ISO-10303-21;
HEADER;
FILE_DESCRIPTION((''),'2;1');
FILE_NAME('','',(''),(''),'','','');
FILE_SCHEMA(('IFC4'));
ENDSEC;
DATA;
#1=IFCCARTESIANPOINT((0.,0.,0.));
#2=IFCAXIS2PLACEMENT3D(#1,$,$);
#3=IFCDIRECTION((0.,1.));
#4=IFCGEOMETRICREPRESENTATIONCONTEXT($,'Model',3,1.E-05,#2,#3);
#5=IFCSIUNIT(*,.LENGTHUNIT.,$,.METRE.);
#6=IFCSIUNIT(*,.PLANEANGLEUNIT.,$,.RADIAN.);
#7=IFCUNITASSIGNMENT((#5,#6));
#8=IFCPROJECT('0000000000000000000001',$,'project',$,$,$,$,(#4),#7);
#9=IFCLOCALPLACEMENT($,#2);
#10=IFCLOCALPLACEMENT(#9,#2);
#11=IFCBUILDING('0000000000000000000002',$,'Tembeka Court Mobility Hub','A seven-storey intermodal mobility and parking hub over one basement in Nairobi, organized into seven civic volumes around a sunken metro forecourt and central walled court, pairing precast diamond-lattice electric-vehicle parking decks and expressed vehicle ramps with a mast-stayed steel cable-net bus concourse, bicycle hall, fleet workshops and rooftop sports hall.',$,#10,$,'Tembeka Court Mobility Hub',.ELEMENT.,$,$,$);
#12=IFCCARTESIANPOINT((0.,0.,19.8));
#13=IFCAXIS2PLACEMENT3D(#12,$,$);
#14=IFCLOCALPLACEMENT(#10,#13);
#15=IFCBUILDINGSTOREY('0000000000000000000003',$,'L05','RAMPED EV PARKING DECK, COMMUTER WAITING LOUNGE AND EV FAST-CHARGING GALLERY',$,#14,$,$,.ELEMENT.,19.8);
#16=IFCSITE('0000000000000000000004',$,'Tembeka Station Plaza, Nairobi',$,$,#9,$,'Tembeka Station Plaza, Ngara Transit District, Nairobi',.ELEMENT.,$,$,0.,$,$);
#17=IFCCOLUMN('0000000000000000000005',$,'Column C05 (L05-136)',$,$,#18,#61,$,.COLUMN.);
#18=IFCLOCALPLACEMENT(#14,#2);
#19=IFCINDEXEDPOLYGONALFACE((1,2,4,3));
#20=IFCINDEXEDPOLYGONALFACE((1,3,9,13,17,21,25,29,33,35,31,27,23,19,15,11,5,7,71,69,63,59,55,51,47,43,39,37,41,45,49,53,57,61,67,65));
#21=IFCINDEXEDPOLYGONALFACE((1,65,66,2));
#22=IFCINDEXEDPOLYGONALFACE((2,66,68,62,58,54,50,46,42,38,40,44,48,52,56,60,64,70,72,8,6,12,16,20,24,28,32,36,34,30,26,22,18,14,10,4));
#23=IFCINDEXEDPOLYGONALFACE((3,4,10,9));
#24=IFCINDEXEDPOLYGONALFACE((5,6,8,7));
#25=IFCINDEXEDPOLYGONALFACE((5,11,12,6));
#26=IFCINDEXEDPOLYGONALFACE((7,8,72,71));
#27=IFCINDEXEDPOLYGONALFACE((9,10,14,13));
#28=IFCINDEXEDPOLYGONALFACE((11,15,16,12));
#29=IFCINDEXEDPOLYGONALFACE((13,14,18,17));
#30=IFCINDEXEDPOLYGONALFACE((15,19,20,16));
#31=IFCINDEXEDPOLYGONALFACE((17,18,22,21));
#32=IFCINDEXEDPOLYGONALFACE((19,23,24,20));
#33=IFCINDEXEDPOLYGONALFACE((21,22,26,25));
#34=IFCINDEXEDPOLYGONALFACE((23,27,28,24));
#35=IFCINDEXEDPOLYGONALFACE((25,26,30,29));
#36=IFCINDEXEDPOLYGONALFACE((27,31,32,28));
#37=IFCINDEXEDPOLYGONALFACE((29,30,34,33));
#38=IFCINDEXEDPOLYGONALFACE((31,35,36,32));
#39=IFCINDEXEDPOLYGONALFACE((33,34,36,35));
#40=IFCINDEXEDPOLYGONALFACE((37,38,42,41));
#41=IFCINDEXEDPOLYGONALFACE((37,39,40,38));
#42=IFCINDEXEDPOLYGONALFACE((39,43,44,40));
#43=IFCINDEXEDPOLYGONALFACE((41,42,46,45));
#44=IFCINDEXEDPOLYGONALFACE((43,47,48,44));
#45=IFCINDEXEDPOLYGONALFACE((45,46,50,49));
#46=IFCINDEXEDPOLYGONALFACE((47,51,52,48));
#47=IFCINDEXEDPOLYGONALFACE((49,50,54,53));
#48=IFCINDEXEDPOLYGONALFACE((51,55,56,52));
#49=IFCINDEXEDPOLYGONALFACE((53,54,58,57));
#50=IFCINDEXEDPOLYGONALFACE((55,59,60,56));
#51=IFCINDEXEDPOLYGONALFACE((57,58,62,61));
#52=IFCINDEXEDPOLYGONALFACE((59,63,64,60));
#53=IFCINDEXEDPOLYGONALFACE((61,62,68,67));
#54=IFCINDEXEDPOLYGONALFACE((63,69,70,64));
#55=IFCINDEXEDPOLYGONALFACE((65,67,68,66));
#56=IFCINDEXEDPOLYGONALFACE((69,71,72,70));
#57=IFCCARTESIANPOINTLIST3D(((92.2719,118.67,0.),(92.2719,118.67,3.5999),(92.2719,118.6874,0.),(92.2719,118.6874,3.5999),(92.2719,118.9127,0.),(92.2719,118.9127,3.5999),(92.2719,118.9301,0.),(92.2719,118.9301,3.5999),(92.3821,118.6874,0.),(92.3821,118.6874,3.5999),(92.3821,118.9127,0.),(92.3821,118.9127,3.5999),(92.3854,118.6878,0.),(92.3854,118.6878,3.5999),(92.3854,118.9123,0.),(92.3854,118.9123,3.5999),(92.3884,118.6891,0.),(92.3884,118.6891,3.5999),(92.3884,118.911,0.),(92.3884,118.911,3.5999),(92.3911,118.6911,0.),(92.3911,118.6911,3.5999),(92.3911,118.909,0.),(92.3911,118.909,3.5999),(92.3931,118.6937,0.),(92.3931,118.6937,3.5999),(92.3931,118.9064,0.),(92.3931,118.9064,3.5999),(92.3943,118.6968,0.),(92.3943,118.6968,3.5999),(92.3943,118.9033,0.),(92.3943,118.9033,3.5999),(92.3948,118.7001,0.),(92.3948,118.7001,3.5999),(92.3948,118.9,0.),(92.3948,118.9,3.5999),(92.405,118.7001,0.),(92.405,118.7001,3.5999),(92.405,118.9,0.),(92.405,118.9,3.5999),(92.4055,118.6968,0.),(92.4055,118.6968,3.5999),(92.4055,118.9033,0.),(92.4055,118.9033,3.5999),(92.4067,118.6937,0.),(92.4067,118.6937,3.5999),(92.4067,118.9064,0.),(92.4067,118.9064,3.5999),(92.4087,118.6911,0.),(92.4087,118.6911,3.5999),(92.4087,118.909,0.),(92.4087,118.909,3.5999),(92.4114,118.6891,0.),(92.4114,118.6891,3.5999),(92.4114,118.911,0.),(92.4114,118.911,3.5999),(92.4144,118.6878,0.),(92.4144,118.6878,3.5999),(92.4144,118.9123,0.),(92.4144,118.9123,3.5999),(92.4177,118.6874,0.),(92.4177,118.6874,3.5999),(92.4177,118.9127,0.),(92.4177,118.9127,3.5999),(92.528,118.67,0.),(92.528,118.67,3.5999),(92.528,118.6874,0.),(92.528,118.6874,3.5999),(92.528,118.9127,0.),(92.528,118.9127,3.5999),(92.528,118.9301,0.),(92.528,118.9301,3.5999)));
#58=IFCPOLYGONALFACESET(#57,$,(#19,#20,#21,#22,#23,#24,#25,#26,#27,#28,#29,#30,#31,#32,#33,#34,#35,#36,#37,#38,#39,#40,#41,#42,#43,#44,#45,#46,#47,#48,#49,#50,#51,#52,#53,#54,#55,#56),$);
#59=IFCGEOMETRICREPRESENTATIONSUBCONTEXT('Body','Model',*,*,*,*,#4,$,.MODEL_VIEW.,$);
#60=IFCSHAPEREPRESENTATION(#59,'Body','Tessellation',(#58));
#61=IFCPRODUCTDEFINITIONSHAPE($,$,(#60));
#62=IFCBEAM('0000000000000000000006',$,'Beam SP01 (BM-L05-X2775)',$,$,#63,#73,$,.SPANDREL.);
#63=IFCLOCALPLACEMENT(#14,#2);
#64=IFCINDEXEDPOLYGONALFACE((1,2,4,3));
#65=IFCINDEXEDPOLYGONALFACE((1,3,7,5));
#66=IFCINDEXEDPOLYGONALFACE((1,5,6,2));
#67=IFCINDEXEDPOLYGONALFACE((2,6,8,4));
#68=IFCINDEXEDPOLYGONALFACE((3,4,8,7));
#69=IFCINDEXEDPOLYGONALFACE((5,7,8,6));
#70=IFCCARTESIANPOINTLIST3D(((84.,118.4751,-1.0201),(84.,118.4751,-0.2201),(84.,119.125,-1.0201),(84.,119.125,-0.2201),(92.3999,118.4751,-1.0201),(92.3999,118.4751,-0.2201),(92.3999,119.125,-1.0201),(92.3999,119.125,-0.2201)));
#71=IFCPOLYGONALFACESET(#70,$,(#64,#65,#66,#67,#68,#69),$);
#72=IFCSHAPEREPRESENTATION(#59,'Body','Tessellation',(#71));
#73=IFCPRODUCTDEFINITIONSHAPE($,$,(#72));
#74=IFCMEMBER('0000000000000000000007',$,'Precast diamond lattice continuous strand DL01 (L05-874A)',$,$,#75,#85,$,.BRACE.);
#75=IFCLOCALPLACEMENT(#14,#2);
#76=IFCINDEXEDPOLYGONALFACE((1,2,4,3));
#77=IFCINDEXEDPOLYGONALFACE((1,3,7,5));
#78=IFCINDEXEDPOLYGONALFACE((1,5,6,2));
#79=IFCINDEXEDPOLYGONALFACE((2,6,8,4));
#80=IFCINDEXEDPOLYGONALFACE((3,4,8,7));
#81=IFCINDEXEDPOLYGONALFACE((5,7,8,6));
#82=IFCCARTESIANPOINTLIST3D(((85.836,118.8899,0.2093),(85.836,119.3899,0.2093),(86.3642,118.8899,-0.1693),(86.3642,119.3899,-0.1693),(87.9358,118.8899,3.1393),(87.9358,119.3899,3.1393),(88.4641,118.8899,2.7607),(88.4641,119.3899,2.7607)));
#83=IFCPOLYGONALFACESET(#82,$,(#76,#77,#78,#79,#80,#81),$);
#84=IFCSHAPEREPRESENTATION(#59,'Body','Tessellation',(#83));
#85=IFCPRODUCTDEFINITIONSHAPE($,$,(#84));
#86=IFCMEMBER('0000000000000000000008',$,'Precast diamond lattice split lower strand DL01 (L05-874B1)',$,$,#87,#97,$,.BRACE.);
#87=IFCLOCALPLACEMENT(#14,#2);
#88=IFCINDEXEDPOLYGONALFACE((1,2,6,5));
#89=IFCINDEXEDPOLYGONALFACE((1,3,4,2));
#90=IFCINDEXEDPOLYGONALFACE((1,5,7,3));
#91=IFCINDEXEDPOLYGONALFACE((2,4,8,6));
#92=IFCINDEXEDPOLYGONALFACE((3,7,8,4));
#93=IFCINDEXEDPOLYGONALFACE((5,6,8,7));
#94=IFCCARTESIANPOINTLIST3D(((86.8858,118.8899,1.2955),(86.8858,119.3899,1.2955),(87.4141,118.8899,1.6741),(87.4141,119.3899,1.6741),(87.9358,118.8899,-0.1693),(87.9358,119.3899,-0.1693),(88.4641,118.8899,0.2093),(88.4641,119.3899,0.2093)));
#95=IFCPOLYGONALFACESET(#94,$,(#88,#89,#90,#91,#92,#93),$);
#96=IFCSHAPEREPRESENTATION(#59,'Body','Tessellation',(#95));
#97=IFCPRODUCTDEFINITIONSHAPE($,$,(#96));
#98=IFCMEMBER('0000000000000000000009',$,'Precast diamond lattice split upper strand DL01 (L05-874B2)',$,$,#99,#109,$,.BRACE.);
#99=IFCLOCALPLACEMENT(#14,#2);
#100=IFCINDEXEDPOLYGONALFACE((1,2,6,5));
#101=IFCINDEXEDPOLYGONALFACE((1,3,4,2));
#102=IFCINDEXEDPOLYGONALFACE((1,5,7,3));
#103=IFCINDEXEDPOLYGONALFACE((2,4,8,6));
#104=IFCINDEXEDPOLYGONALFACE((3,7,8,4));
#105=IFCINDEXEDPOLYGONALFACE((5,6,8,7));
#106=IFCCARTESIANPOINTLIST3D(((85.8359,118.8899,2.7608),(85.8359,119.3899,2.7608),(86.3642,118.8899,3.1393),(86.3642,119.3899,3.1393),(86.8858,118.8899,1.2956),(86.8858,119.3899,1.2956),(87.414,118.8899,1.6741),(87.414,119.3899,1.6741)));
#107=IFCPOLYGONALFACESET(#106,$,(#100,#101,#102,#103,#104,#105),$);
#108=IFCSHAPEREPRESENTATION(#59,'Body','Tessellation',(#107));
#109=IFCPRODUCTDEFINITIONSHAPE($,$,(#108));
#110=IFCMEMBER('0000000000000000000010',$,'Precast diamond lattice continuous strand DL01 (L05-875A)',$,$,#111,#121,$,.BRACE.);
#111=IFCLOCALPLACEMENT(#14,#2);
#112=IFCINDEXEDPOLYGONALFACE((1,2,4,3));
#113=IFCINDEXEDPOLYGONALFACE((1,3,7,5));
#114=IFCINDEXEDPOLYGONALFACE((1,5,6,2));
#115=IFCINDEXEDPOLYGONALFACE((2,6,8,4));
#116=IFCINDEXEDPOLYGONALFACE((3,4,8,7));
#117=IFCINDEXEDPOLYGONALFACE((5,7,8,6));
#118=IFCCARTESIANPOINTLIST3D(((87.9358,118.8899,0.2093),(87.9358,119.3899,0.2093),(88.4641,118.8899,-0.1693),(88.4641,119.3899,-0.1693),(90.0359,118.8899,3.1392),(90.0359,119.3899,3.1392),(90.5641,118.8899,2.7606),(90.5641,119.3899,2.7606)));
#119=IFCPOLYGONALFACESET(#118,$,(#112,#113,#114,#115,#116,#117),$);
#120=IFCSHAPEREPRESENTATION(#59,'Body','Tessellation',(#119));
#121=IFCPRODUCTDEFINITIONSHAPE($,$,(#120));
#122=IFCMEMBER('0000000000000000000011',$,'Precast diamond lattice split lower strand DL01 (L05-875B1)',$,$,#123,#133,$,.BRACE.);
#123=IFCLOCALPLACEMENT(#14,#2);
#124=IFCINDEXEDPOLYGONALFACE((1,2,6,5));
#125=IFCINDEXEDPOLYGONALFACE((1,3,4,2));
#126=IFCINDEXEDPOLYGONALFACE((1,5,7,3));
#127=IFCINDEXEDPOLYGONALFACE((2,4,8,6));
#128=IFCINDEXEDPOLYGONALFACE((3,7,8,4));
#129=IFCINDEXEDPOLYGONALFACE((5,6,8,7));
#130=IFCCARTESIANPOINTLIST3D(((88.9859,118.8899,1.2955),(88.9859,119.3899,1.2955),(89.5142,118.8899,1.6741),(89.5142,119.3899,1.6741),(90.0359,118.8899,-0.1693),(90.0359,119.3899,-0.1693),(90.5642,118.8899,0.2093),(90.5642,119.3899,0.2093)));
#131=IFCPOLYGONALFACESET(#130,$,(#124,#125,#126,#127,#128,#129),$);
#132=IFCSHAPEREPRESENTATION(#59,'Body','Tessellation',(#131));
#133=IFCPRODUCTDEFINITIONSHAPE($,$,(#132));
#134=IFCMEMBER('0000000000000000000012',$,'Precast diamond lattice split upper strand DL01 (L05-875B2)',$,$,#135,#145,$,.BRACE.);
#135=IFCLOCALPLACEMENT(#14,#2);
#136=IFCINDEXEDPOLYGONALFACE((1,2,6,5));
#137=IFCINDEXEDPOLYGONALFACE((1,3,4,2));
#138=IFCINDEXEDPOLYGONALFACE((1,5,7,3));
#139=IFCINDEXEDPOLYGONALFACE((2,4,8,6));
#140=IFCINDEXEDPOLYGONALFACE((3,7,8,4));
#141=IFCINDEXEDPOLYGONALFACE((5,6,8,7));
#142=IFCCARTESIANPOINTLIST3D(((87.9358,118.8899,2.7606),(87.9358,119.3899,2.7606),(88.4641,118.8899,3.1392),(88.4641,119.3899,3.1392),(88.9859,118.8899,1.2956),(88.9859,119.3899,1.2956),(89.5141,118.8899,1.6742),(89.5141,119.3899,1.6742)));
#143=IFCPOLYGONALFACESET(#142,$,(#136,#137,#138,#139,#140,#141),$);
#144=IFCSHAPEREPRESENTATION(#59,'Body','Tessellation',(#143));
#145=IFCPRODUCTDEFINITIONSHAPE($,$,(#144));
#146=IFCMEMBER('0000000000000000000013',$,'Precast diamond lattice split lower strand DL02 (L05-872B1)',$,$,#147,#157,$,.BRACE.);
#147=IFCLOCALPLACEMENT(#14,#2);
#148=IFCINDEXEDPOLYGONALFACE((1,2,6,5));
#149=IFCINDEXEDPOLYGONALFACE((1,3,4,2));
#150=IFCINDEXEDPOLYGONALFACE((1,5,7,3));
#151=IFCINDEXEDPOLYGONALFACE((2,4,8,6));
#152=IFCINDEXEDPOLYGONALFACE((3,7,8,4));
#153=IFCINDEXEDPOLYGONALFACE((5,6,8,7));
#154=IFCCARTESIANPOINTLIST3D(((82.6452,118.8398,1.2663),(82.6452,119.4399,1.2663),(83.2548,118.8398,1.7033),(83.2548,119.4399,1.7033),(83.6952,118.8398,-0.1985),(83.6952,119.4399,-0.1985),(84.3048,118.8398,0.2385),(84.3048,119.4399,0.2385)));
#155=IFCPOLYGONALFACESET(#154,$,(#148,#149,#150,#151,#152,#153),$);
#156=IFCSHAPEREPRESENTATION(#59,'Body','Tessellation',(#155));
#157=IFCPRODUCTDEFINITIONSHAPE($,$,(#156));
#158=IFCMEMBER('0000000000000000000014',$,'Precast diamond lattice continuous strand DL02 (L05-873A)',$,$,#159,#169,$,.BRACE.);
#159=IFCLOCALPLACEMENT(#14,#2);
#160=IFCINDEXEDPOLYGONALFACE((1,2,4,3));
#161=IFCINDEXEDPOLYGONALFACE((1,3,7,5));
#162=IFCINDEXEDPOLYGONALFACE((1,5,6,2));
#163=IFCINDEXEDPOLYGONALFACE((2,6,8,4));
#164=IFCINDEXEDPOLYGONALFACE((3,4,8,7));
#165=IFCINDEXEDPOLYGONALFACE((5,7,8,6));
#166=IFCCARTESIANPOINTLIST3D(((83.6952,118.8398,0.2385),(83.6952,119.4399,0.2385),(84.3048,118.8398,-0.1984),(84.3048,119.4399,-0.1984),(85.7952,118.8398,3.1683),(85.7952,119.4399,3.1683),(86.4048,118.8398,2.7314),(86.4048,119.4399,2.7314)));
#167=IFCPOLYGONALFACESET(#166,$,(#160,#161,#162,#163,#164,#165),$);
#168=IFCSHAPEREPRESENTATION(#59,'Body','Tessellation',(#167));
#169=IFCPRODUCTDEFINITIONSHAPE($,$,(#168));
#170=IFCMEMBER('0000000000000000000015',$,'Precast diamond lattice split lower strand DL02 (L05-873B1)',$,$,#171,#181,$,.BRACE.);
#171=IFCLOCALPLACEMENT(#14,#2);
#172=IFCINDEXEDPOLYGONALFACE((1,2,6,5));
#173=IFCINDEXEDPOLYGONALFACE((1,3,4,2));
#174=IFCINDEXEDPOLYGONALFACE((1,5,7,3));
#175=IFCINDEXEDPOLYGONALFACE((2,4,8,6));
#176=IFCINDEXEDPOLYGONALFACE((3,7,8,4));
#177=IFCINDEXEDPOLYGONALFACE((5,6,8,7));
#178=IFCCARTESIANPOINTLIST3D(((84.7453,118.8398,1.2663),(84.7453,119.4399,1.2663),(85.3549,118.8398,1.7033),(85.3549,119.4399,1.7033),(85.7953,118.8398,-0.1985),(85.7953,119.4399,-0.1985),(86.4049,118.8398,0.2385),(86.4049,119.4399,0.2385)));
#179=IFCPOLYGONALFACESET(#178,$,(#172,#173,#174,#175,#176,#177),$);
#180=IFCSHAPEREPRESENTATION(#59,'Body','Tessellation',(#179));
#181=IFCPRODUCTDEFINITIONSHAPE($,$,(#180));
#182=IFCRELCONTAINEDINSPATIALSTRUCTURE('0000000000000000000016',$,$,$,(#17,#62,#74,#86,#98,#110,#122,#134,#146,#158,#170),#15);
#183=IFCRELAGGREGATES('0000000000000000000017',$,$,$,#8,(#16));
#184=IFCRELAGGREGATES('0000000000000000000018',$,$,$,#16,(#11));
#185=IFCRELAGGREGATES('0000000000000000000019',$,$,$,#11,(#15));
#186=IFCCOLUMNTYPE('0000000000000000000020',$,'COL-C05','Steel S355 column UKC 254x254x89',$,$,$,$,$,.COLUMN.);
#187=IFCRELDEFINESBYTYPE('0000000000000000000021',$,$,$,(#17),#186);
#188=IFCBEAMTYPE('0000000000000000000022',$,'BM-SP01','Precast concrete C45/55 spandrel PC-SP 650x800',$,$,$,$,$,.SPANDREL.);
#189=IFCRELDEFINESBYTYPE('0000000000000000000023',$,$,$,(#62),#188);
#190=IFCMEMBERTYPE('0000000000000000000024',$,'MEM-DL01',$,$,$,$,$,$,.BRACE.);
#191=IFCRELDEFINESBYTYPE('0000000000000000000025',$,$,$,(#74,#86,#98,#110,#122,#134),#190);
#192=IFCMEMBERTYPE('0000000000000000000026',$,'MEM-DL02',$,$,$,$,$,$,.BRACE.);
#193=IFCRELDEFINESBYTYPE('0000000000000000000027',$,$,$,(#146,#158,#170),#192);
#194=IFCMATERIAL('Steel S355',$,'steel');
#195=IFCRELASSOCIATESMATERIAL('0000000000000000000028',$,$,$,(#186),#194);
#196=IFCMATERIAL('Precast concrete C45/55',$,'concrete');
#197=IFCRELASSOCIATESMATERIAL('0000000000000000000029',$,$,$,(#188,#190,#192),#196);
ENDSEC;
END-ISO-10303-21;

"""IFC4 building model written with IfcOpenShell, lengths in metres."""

from ifc_helpers import new_model, si_unit, direction, frame, origin, origin_2d, place, context, subcontext, project, spatial, rectangle, i_section, extrude, material, material_profile, profile_set, type_object, element, save


model = new_model("IFC4")

# Units and contexts
model_context = context("Model", 3, precision=1e-05, world=origin(), true_north=direction((0.0, 1.0)))
body_context = subcontext(model_context, "Body", "Model", "MODEL_VIEW")
ifc_project = project(units=[si_unit("LENGTHUNIT", "METRE"), si_unit("PLANEANGLEUNIT", "RADIAN")], contexts=[model_context])

# Site, building, storey
site_placement = place(None, origin())
site = spatial("IfcSite", under=ifc_project, at=site_placement, Name="Tembeka Station Plaza, Nairobi", LongName="Tembeka Station Plaza, Ngara Transit District, Nairobi", CompositionType="ELEMENT", RefElevation=0.0)
building_placement = place(site_placement, origin())
building = spatial("IfcBuilding", under=site, at=building_placement, Name="Tembeka Court Mobility Hub", Description="A seven-storey intermodal mobility and parking hub over one basement in Nairobi, organized into seven civic volumes around a sunken metro forecourt and central walled court, pairing precast diamond-lattice electric-vehicle parking decks and expressed vehicle ramps with a mast-stayed steel cable-net bus concourse, bicycle hall, fleet workshops and rooftop sports hall.", LongName="Tembeka Court Mobility Hub", CompositionType="ELEMENT")
storey_placement = place(building_placement, frame((0.0, 0.0, 19.8)))
storey = spatial("IfcBuildingStorey", under=building, at=storey_placement, Name="L05", Description="RAMPED EV PARKING DECK, COMMUTER WAITING LOUNGE AND EV FAST-CHARGING GALLERY", CompositionType="ELEMENT", Elevation=19.8)

# Column
ifc_material_1 = material(Name="Steel S355", Category="steel")
ifc_material_profile_1 = material_profile(ifc_material_1, i_section(OverallWidth=0.2561, OverallDepth=0.26, WebThickness=0.0103, FlangeThickness=0.0173, FilletRadius=0.0127, at=origin_2d()), Name="UKC 254x254x89")
ifc_profile_set_1 = profile_set([ifc_material_profile_1], Name="Steel S355")
column_type = type_object("IfcColumnType", Name="COL-C05", Description="Steel S355 column UKC 254x254x89", PredefinedType="COLUMN", material=ifc_profile_set_1)
column_placement = place(storey_placement, frame((92.3999, 118.8, 0.0), z_axis=(0.0, 0.0, 1.0), x_axis=(1.0, 0.0, 0.0)))
element("IfcColumn", 1, at=column_placement, inside=storey, type_object=column_type, Name="Column C05 (L05-136)", PredefinedType="COLUMN", context=body_context, shape_type="SweptSolid", body=[
    extrude(i_section(OverallWidth=0.2561, OverallDepth=0.26, WebThickness=0.0103, FlangeThickness=0.0173, FilletRadius=0.0127, at=origin_2d()), origin(), (0.0, 0.0, 1.0), 3.5999),
])

# Beam
ifc_material_2 = material(Name="Precast concrete C45/55", Category="concrete")
ifc_material_profile_2 = material_profile(ifc_material_2, rectangle(XDim=0.6499, YDim=0.8, at=origin_2d()), Name="PC-SP 650x800")
ifc_profile_set_2 = profile_set([ifc_material_profile_2], Name="Precast concrete C45/55")
beam_type = type_object("IfcBeamType", Name="BM-SP01", Description="Precast concrete C45/55 spandrel PC-SP 650x800", PredefinedType="SPANDREL", material=ifc_profile_set_2)
beam_placement = place(storey_placement, frame((84.0, 118.8, -0.6201), z_axis=(1.0, 0.0, 0.0), x_axis=(0.0, 1.0, 0.0)))
element("IfcBeam", 2, at=beam_placement, inside=storey, type_object=beam_type, Name="Beam SP01 (BM-L05-X2775)", PredefinedType="SPANDREL", context=body_context, shape_type="SweptSolid", body=[
    extrude(rectangle(XDim=0.6499, YDim=0.8, at=origin_2d()), origin(), (0.0, 0.0, 1.0), 8.3999),
])

# Members
ifc_material_profile_3 = material_profile(ifc_material_2, rectangle(XDim=0.5, YDim=0.6499, at=origin_2d()), Name="PC-DIAG 500x650")
ifc_profile_set_3 = profile_set([ifc_material_profile_3], Name="Precast concrete C45/55")
member_type_1 = type_object("IfcMemberType", Name="MEM-DL01", PredefinedType="BRACE", material=ifc_profile_set_3)
member_1_placement = place(storey_placement, frame((86.1001, 119.1399, 0.02), z_axis=(0.582532, 0.0, 0.812808), x_axis=(0.0, 1.0, 0.0)))
element("IfcMember", 3, at=member_1_placement, inside=storey, type_object=member_type_1, Name="Precast diamond lattice continuous strand DL01 (L05-874A)", PredefinedType="BRACE", context=body_context, shape_type="SweptSolid", body=[
    extrude(rectangle(XDim=0.5, YDim=0.6499, at=origin_2d()), origin(), (0.0, 0.0, 1.0), 3.6047),
])
member_2_placement = place(storey_placement, frame((88.2, 119.1399, 0.02), z_axis=(-0.582608, 0.0, 0.812753), x_axis=(0.0, -1.0, 0.0)))
element("IfcMember", 4, at=member_2_placement, inside=storey, type_object=member_type_1, Name="Precast diamond lattice split lower strand DL01 (L05-874B1)", PredefinedType="BRACE", context=body_context, shape_type="SweptSolid", body=[
    extrude(rectangle(XDim=0.5, YDim=0.6499, at=origin_2d()), origin(), (0.0, 0.0, 1.0), 1.8022),
])
member_3_placement = place(storey_placement, frame((87.1499, 119.1399, 1.4849), z_axis=(-0.582455, 0.0, 0.812863), x_axis=(0.0, -1.0, 0.0)))
element("IfcMember", 5, at=member_3_placement, inside=storey, type_object=member_type_1, Name="Precast diamond lattice split upper strand DL01 (L05-874B2)", PredefinedType="BRACE", context=body_context, shape_type="SweptSolid", body=[
    extrude(rectangle(XDim=0.5, YDim=0.6499, at=origin_2d()), origin(), (0.0, 0.0, 1.0), 1.8025),
])
member_4_placement = place(storey_placement, frame((88.2, 119.1399, 0.02), z_axis=(0.582576, 0.0, 0.812776), x_axis=(0.0, 1.0, 0.0)))
element("IfcMember", 6, at=member_4_placement, inside=storey, type_object=member_type_1, Name="Precast diamond lattice continuous strand DL01 (L05-875A)", PredefinedType="BRACE", context=body_context, shape_type="SweptSolid", body=[
    extrude(rectangle(XDim=0.5, YDim=0.6499, at=origin_2d()), origin(), (0.0, 0.0, 1.0), 3.6047),
])
member_5_placement = place(storey_placement, frame((90.3, 119.1399, 0.02), z_axis=(-0.582608, 0.0, 0.812753), x_axis=(0.0, -1.0, 0.0)))
element("IfcMember", 7, at=member_5_placement, inside=storey, type_object=member_type_1, Name="Precast diamond lattice split lower strand DL01 (L05-875B1)", PredefinedType="BRACE", context=body_context, shape_type="SweptSolid", body=[
    extrude(rectangle(XDim=0.5, YDim=0.6499, at=origin_2d()), origin(), (0.0, 0.0, 1.0), 1.8022),
])
member_6_placement = place(storey_placement, frame((89.25, 119.1399, 1.4849), z_axis=(-0.582544, 0.0, 0.812799), x_axis=(0.0, -1.0, 0.0)))
element("IfcMember", 8, at=member_6_placement, inside=storey, type_object=member_type_1, Name="Precast diamond lattice split upper strand DL01 (L05-875B2)", PredefinedType="BRACE", context=body_context, shape_type="SweptSolid", body=[
    extrude(rectangle(XDim=0.5, YDim=0.6499, at=origin_2d()), origin(), (0.0, 0.0, 1.0), 1.8025),
])
ifc_material_profile_4 = material_profile(ifc_material_2, rectangle(XDim=0.6001, YDim=0.75, at=origin_2d()), Name="PC-DIAG 600x750")
ifc_profile_set_4 = profile_set([ifc_material_profile_4], Name="Precast concrete C45/55")
member_type_2 = type_object("IfcMemberType", Name="MEM-DL02", PredefinedType="BRACE", material=ifc_profile_set_4)
member_7_placement = place(storey_placement, frame((84.0, 119.1399, 0.02), z_axis=(-0.582608, 0.0, 0.812753), x_axis=(0.0, -1.0, 0.0)))
element("IfcMember", 9, at=member_7_placement, inside=storey, type_object=member_type_2, Name="Precast diamond lattice split lower strand DL02 (L05-872B1)", PredefinedType="BRACE", context=body_context, shape_type="SweptSolid", body=[
    extrude(rectangle(XDim=0.6001, YDim=0.75, at=origin_2d()), origin(), (0.0, 0.0, 1.0), 1.8022),
])
member_8_placement = place(storey_placement, frame((84.0, 119.1399, 0.02), z_axis=(0.582576, 0.0, 0.812776), x_axis=(0.0, 1.0, 0.0)))
element("IfcMember", 10, at=member_8_placement, inside=storey, type_object=member_type_2, Name="Precast diamond lattice continuous strand DL02 (L05-873A)", PredefinedType="BRACE", context=body_context, shape_type="SweptSolid", body=[
    extrude(rectangle(XDim=0.6001, YDim=0.75, at=origin_2d()), origin(), (0.0, 0.0, 1.0), 3.6047),
])
member_9_placement = place(storey_placement, frame((86.1001, 119.1399, 0.02), z_axis=(-0.582608, 0.0, 0.812753), x_axis=(0.0, -1.0, 0.0)))
element("IfcMember", 11, at=member_9_placement, inside=storey, type_object=member_type_2, Name="Precast diamond lattice split lower strand DL02 (L05-873B1)", PredefinedType="BRACE", context=body_context, shape_type="SweptSolid", body=[
    extrude(rectangle(XDim=0.6001, YDim=0.75, at=origin_2d()), origin(), (0.0, 0.0, 1.0), 1.8022),
])

save(model, "model.ifc")
